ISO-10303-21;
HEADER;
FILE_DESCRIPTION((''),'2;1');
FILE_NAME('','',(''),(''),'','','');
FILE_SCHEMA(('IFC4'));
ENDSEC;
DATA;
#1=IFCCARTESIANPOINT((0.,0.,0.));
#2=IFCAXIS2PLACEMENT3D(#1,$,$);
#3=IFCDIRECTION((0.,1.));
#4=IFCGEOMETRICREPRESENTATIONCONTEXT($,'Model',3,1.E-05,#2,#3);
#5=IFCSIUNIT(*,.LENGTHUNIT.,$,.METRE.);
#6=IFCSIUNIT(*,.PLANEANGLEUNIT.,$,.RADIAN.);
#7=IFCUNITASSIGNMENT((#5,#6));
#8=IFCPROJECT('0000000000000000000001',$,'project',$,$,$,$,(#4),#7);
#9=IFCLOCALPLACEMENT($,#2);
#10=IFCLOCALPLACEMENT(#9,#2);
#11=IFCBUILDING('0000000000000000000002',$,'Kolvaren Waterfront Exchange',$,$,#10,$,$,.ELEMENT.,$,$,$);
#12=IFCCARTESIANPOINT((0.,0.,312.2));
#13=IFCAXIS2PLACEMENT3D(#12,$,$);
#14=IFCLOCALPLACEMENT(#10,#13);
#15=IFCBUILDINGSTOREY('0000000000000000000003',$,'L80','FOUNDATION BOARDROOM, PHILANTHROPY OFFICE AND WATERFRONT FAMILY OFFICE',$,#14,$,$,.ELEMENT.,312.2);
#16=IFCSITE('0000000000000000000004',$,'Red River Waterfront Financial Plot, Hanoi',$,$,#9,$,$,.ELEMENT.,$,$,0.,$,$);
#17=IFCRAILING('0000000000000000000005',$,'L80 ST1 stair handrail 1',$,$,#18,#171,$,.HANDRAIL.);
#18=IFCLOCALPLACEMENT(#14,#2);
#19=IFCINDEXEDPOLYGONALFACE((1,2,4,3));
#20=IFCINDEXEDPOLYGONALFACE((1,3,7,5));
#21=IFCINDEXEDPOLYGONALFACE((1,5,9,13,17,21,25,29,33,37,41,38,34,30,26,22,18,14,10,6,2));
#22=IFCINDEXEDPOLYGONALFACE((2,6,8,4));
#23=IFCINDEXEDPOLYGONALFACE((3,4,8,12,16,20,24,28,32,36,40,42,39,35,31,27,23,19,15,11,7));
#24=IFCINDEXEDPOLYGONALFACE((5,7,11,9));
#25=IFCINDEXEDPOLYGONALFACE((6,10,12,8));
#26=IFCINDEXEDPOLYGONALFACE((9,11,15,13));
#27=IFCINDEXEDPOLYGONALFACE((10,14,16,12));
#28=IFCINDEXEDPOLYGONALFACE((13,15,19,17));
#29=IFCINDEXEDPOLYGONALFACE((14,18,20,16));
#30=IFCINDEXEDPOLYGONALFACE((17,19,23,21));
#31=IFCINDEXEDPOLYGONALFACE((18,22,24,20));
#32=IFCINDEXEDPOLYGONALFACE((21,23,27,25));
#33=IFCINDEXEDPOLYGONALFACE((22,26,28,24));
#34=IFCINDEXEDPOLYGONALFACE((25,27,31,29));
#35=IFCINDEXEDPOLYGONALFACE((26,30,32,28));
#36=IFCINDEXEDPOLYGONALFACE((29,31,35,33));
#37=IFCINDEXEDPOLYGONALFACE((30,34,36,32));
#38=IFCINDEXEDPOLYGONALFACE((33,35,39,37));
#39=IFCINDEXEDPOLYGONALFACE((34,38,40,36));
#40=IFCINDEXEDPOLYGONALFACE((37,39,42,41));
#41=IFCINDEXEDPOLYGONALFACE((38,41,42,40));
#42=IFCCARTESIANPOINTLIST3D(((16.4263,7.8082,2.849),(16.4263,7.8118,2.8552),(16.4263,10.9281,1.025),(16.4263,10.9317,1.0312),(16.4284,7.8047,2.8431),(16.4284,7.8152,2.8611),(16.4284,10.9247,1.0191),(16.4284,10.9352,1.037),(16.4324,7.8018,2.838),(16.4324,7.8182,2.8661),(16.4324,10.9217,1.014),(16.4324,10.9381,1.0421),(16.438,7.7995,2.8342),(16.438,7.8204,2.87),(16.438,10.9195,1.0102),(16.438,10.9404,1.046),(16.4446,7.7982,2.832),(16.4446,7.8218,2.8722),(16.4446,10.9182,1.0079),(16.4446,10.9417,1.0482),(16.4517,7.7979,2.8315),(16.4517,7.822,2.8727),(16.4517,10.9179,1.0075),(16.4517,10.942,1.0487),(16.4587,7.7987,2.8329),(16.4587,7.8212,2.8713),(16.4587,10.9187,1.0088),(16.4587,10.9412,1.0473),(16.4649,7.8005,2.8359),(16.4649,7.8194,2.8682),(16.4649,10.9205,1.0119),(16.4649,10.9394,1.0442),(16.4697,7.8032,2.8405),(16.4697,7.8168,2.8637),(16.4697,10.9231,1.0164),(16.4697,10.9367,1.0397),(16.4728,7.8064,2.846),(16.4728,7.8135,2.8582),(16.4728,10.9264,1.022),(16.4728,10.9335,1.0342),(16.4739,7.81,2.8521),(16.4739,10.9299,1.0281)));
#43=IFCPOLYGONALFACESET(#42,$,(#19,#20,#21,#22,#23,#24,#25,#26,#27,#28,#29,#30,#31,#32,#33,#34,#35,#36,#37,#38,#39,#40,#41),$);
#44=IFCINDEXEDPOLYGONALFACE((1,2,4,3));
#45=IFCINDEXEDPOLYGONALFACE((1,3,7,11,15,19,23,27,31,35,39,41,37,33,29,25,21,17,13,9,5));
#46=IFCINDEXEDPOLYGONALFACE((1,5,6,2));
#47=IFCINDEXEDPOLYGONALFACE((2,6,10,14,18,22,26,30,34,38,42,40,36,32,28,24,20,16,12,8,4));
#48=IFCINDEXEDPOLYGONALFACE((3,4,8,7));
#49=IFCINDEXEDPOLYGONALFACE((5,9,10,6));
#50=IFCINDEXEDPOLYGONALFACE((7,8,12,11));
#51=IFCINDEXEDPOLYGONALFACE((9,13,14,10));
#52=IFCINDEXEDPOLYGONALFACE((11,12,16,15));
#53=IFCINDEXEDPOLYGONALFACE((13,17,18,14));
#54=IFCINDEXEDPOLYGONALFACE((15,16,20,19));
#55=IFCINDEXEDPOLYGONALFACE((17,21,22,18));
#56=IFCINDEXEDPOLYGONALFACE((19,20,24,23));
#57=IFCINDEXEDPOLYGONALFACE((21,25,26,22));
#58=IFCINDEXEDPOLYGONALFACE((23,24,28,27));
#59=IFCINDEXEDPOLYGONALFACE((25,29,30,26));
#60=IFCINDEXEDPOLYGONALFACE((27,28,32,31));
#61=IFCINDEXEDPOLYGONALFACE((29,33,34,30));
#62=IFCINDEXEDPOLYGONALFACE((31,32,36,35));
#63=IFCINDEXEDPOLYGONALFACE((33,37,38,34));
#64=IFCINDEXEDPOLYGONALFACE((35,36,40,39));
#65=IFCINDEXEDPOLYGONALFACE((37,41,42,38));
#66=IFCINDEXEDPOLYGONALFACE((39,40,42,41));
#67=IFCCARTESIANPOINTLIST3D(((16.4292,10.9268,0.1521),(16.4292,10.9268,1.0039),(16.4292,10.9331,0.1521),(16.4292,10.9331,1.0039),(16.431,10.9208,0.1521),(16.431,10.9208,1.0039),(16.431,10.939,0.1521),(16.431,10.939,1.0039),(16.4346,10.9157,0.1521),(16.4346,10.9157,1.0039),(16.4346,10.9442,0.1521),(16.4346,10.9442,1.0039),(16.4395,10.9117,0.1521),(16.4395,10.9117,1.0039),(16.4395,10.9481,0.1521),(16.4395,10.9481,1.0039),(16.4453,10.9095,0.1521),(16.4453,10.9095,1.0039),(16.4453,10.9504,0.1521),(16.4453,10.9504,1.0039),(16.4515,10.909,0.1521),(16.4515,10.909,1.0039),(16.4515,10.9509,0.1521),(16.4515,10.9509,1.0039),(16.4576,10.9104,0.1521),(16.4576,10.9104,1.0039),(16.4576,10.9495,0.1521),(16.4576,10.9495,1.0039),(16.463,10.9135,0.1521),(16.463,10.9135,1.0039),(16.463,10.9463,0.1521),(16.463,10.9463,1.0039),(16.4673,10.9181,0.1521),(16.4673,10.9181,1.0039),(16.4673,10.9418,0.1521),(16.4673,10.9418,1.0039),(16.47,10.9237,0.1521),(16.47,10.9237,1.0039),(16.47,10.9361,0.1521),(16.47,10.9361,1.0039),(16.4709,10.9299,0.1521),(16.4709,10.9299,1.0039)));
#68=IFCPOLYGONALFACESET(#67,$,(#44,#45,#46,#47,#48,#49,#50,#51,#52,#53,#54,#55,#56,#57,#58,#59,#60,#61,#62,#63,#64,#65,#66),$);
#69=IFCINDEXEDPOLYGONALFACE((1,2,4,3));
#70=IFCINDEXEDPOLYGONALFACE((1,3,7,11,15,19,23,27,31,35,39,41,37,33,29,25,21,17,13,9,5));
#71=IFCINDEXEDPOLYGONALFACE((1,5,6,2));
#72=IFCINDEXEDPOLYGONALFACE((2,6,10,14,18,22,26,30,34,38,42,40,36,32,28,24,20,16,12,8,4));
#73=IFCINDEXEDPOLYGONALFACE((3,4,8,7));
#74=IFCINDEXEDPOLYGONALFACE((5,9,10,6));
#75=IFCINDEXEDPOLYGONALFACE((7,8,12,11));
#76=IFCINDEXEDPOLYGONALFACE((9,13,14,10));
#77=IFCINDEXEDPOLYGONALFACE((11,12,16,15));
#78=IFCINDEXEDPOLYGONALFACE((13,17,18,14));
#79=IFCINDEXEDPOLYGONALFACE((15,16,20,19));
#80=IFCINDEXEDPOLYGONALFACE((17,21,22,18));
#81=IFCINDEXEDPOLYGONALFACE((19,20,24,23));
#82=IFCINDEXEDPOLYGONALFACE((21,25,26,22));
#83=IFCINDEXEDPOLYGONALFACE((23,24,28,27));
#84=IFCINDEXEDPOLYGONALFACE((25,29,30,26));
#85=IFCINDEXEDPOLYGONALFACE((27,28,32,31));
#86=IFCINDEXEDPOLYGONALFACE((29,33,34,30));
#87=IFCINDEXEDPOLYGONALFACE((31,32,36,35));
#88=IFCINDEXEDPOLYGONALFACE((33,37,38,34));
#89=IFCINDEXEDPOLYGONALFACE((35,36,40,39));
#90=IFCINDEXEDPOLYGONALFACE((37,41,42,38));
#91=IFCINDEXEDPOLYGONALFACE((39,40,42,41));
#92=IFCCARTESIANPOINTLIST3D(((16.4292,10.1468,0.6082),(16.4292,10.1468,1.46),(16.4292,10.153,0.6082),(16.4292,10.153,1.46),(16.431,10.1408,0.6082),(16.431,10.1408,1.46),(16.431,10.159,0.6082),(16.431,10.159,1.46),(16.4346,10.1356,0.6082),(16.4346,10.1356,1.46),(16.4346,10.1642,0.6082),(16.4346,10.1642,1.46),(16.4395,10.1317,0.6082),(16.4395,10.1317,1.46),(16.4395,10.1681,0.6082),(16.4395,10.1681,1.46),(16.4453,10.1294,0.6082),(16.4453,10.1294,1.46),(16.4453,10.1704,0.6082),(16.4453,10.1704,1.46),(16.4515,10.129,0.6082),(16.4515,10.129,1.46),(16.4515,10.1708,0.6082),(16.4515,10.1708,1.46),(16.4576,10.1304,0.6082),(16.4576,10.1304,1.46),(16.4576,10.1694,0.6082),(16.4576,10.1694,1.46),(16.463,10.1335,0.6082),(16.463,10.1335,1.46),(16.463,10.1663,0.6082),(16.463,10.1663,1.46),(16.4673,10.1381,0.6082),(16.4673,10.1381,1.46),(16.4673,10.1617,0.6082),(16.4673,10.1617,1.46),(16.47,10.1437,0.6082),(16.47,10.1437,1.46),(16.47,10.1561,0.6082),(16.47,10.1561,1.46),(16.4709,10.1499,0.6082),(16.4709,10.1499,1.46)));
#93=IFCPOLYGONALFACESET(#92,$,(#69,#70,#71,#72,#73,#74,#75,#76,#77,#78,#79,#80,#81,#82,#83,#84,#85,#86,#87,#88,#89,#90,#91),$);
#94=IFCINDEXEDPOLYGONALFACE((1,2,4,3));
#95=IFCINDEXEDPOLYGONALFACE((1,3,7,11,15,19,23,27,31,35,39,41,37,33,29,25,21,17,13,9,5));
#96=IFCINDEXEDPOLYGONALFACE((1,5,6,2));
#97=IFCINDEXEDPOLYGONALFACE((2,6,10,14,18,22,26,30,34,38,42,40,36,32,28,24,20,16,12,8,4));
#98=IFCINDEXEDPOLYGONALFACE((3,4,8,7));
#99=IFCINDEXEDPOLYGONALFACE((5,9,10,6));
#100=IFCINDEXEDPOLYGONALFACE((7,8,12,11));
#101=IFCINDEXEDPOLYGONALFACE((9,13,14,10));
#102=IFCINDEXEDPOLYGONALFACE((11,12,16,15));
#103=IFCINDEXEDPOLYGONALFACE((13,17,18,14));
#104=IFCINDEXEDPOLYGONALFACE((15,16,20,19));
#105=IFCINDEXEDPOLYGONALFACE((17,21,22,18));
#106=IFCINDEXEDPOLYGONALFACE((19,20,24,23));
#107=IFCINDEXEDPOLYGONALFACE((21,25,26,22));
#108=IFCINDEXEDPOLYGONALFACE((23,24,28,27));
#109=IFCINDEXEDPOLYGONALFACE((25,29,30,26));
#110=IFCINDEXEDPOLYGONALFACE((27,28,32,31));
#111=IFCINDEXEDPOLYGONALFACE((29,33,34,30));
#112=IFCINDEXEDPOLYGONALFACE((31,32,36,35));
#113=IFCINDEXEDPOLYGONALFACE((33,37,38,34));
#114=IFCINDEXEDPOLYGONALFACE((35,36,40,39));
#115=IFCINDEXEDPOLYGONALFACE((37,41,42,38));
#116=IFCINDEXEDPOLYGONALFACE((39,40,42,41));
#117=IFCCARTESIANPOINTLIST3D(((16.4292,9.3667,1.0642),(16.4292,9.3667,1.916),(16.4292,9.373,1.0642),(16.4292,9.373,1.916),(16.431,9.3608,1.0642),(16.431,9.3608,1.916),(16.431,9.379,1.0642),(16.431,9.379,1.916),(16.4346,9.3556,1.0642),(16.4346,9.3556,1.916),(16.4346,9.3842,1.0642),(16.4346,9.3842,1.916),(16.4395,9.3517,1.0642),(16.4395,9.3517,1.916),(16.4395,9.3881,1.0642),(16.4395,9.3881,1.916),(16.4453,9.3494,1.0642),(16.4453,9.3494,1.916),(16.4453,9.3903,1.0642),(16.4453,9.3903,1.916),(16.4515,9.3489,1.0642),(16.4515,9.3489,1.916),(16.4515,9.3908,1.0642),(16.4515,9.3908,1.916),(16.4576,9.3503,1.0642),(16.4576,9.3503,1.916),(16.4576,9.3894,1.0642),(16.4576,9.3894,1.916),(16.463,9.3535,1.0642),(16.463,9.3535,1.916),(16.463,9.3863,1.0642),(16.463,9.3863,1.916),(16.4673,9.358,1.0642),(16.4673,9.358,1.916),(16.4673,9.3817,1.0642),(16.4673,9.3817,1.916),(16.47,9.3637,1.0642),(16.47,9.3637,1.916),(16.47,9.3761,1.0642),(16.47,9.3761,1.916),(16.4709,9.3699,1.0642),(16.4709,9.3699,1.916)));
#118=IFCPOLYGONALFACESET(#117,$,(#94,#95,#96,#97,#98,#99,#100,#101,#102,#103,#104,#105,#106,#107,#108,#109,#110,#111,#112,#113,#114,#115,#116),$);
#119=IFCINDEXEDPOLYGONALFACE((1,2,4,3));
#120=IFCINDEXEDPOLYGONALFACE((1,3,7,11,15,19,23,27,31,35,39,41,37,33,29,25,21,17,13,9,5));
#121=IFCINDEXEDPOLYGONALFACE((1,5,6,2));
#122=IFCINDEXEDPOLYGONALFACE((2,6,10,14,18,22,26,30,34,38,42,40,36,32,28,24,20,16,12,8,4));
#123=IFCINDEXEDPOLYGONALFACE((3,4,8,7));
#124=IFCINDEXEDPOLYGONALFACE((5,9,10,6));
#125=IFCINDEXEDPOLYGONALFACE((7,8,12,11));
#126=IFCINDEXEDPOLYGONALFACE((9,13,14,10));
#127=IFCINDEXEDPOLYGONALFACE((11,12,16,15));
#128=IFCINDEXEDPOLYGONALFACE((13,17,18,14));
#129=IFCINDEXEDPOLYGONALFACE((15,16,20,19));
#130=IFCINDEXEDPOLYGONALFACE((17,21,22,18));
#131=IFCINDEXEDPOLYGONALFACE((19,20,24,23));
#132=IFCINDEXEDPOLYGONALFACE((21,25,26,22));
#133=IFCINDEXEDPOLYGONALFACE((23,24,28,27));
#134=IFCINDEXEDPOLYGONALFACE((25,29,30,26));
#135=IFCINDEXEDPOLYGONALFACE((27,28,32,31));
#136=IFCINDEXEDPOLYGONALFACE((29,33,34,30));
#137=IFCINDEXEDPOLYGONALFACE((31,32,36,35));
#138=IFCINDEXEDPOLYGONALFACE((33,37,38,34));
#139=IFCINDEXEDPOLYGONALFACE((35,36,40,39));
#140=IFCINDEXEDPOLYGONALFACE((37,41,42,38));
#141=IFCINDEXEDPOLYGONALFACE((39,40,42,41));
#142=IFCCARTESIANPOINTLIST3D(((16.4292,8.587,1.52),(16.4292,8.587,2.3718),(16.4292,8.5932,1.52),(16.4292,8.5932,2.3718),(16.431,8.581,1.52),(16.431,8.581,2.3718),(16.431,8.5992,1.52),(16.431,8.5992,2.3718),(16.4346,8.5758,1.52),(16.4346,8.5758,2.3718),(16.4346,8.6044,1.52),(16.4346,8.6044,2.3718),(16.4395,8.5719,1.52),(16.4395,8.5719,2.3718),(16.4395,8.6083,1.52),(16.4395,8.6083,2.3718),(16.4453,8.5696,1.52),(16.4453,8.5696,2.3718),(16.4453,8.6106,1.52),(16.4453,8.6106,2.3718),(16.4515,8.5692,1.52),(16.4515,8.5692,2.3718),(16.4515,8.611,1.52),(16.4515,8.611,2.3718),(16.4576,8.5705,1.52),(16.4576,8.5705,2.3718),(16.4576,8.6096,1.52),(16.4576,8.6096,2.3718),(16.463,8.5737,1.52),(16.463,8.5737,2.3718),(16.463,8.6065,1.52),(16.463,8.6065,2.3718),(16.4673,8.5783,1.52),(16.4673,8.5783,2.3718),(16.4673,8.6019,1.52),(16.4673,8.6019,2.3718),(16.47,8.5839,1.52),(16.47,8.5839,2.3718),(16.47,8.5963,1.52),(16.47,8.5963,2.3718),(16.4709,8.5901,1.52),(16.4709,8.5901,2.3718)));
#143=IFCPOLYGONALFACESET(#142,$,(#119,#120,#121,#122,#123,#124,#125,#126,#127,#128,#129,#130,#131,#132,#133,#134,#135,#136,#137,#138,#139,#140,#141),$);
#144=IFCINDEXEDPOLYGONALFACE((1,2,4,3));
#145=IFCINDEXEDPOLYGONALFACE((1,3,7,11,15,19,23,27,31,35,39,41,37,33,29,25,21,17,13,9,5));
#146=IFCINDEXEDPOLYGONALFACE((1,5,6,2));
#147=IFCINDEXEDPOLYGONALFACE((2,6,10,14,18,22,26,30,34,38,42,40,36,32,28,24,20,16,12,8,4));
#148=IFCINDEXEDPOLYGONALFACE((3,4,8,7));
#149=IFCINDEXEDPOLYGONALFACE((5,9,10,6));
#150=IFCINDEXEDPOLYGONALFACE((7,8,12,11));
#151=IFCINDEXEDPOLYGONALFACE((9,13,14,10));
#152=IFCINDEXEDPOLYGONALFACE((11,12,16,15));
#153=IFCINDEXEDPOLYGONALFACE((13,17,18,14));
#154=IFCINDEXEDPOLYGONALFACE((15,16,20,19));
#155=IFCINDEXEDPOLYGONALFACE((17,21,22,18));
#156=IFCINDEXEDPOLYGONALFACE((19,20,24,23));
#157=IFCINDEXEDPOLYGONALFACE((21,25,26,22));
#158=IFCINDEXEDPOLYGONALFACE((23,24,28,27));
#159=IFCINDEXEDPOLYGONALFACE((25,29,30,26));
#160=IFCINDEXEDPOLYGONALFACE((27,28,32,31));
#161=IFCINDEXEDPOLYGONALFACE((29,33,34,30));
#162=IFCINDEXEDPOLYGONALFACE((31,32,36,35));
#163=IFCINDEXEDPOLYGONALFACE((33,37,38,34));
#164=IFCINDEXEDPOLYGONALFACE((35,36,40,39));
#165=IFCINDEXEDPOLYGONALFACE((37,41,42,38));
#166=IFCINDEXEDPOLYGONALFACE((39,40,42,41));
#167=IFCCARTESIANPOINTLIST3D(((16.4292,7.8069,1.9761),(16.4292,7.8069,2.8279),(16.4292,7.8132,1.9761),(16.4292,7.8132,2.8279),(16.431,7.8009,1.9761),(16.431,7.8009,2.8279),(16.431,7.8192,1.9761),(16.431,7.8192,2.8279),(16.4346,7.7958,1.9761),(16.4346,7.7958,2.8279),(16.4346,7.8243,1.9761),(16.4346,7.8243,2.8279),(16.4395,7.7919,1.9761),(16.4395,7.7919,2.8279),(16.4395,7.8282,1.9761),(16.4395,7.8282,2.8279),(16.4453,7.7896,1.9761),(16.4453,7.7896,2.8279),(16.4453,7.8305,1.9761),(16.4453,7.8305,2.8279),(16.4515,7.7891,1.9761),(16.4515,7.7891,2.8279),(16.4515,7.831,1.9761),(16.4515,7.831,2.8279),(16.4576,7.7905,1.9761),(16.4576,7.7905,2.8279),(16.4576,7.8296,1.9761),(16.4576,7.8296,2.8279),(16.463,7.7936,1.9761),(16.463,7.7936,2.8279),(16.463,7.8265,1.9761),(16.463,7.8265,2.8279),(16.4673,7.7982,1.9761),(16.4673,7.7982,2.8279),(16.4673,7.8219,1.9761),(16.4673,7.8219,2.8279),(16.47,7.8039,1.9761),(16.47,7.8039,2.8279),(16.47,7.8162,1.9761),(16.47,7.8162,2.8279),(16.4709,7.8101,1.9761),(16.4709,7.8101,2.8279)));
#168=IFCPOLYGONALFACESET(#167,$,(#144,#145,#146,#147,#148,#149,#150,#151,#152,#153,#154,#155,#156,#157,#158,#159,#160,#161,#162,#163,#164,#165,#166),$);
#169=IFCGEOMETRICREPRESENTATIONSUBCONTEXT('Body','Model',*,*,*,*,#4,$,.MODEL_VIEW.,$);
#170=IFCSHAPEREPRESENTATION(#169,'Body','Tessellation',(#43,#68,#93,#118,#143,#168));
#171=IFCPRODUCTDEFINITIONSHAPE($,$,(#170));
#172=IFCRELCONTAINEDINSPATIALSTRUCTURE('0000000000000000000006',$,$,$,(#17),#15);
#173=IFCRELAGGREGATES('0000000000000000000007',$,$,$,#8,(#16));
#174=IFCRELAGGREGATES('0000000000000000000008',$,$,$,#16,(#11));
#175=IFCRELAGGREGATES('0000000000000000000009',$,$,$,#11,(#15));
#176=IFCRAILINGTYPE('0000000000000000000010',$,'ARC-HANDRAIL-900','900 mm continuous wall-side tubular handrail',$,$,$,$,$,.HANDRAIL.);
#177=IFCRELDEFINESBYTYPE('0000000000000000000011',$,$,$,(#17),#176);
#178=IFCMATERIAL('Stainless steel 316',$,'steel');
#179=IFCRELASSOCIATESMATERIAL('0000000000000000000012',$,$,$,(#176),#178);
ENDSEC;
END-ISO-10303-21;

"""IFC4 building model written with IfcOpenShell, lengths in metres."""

from ifc_helpers import new_model, si_unit, direction, frame, origin, origin_2d, place, context, subcontext, project, spatial, circle, extrude, material, type_object, element, save


model = new_model("IFC4")

# Units and contexts
model_context = context("Model", 3, precision=1e-05, world=origin(), true_north=direction((0.0, 1.0)))
body_context = subcontext(model_context, "Body", "Model", "MODEL_VIEW")
ifc_project = project(units=[si_unit("LENGTHUNIT", "METRE"), si_unit("PLANEANGLEUNIT", "RADIAN")], contexts=[model_context])

# Site, building, storey
site_placement = place(None, origin())
site = spatial("IfcSite", under=ifc_project, at=site_placement, Name="Red River Waterfront Financial Plot, Hanoi", CompositionType="ELEMENT", RefElevation=0.0)
building_placement = place(site_placement, origin())
building = spatial("IfcBuilding", under=site, at=building_placement, Name="Kolvaren Waterfront Exchange", CompositionType="ELEMENT")
storey_placement = place(building_placement, frame((0.0, 0.0, 312.2)))
storey = spatial("IfcBuildingStorey", under=building, at=storey_placement, Name="L80", Description="FOUNDATION BOARDROOM, PHILANTHROPY OFFICE AND WATERFRONT FAMILY OFFICE", CompositionType="ELEMENT", Elevation=312.2)

# Railing
ifc_material_1 = material(Name="Stainless steel 316", Category="steel")
railing_type_1 = type_object("IfcRailingType", Name="ARC-HANDRAIL-900", Description="900 mm continuous wall-side tubular handrail", PredefinedType="HANDRAIL", material=ifc_material_1)
railing_1_placement = place(storey_placement, frame((16.45, 10.9299, 0.1521)))
element("IfcRailing", 1, at=railing_1_placement, inside=storey, type_object=railing_type_1, Name="L80 ST1 stair handrail 1", PredefinedType="HANDRAIL", context=body_context, shape_type="SweptSolid", body=[
    extrude(circle(Radius=0.0239, at=origin_2d()), frame((0.0, 0.0, 0.876), z_axis=(0.0, -0.863291, 0.504707), x_axis=(1.0, 0.0, 0.0)), (0.0, 0.0, 1.0), 3.614),
    extrude(circle(Radius=0.021, at=origin_2d()), origin(), (0.0, 0.0, 1.0), 0.8518),
    extrude(circle(Radius=0.021, at=origin_2d()), frame((0.0, -0.78, 0.4561)), (0.0, 0.0, 1.0), 0.8518),
    extrude(circle(Radius=0.021, at=origin_2d()), frame((0.0, -1.5601, 0.9121)), (0.0, 0.0, 1.0), 0.8518),
    extrude(circle(Radius=0.021, at=origin_2d()), frame((0.0, -2.3398, 1.3679)), (0.0, 0.0, 1.0), 0.8518),
    extrude(circle(Radius=0.021, at=origin_2d()), frame((0.0, -3.1199, 1.824)), (0.0, 0.0, 1.0), 0.8518),
])

save(model, "model.ifc")
